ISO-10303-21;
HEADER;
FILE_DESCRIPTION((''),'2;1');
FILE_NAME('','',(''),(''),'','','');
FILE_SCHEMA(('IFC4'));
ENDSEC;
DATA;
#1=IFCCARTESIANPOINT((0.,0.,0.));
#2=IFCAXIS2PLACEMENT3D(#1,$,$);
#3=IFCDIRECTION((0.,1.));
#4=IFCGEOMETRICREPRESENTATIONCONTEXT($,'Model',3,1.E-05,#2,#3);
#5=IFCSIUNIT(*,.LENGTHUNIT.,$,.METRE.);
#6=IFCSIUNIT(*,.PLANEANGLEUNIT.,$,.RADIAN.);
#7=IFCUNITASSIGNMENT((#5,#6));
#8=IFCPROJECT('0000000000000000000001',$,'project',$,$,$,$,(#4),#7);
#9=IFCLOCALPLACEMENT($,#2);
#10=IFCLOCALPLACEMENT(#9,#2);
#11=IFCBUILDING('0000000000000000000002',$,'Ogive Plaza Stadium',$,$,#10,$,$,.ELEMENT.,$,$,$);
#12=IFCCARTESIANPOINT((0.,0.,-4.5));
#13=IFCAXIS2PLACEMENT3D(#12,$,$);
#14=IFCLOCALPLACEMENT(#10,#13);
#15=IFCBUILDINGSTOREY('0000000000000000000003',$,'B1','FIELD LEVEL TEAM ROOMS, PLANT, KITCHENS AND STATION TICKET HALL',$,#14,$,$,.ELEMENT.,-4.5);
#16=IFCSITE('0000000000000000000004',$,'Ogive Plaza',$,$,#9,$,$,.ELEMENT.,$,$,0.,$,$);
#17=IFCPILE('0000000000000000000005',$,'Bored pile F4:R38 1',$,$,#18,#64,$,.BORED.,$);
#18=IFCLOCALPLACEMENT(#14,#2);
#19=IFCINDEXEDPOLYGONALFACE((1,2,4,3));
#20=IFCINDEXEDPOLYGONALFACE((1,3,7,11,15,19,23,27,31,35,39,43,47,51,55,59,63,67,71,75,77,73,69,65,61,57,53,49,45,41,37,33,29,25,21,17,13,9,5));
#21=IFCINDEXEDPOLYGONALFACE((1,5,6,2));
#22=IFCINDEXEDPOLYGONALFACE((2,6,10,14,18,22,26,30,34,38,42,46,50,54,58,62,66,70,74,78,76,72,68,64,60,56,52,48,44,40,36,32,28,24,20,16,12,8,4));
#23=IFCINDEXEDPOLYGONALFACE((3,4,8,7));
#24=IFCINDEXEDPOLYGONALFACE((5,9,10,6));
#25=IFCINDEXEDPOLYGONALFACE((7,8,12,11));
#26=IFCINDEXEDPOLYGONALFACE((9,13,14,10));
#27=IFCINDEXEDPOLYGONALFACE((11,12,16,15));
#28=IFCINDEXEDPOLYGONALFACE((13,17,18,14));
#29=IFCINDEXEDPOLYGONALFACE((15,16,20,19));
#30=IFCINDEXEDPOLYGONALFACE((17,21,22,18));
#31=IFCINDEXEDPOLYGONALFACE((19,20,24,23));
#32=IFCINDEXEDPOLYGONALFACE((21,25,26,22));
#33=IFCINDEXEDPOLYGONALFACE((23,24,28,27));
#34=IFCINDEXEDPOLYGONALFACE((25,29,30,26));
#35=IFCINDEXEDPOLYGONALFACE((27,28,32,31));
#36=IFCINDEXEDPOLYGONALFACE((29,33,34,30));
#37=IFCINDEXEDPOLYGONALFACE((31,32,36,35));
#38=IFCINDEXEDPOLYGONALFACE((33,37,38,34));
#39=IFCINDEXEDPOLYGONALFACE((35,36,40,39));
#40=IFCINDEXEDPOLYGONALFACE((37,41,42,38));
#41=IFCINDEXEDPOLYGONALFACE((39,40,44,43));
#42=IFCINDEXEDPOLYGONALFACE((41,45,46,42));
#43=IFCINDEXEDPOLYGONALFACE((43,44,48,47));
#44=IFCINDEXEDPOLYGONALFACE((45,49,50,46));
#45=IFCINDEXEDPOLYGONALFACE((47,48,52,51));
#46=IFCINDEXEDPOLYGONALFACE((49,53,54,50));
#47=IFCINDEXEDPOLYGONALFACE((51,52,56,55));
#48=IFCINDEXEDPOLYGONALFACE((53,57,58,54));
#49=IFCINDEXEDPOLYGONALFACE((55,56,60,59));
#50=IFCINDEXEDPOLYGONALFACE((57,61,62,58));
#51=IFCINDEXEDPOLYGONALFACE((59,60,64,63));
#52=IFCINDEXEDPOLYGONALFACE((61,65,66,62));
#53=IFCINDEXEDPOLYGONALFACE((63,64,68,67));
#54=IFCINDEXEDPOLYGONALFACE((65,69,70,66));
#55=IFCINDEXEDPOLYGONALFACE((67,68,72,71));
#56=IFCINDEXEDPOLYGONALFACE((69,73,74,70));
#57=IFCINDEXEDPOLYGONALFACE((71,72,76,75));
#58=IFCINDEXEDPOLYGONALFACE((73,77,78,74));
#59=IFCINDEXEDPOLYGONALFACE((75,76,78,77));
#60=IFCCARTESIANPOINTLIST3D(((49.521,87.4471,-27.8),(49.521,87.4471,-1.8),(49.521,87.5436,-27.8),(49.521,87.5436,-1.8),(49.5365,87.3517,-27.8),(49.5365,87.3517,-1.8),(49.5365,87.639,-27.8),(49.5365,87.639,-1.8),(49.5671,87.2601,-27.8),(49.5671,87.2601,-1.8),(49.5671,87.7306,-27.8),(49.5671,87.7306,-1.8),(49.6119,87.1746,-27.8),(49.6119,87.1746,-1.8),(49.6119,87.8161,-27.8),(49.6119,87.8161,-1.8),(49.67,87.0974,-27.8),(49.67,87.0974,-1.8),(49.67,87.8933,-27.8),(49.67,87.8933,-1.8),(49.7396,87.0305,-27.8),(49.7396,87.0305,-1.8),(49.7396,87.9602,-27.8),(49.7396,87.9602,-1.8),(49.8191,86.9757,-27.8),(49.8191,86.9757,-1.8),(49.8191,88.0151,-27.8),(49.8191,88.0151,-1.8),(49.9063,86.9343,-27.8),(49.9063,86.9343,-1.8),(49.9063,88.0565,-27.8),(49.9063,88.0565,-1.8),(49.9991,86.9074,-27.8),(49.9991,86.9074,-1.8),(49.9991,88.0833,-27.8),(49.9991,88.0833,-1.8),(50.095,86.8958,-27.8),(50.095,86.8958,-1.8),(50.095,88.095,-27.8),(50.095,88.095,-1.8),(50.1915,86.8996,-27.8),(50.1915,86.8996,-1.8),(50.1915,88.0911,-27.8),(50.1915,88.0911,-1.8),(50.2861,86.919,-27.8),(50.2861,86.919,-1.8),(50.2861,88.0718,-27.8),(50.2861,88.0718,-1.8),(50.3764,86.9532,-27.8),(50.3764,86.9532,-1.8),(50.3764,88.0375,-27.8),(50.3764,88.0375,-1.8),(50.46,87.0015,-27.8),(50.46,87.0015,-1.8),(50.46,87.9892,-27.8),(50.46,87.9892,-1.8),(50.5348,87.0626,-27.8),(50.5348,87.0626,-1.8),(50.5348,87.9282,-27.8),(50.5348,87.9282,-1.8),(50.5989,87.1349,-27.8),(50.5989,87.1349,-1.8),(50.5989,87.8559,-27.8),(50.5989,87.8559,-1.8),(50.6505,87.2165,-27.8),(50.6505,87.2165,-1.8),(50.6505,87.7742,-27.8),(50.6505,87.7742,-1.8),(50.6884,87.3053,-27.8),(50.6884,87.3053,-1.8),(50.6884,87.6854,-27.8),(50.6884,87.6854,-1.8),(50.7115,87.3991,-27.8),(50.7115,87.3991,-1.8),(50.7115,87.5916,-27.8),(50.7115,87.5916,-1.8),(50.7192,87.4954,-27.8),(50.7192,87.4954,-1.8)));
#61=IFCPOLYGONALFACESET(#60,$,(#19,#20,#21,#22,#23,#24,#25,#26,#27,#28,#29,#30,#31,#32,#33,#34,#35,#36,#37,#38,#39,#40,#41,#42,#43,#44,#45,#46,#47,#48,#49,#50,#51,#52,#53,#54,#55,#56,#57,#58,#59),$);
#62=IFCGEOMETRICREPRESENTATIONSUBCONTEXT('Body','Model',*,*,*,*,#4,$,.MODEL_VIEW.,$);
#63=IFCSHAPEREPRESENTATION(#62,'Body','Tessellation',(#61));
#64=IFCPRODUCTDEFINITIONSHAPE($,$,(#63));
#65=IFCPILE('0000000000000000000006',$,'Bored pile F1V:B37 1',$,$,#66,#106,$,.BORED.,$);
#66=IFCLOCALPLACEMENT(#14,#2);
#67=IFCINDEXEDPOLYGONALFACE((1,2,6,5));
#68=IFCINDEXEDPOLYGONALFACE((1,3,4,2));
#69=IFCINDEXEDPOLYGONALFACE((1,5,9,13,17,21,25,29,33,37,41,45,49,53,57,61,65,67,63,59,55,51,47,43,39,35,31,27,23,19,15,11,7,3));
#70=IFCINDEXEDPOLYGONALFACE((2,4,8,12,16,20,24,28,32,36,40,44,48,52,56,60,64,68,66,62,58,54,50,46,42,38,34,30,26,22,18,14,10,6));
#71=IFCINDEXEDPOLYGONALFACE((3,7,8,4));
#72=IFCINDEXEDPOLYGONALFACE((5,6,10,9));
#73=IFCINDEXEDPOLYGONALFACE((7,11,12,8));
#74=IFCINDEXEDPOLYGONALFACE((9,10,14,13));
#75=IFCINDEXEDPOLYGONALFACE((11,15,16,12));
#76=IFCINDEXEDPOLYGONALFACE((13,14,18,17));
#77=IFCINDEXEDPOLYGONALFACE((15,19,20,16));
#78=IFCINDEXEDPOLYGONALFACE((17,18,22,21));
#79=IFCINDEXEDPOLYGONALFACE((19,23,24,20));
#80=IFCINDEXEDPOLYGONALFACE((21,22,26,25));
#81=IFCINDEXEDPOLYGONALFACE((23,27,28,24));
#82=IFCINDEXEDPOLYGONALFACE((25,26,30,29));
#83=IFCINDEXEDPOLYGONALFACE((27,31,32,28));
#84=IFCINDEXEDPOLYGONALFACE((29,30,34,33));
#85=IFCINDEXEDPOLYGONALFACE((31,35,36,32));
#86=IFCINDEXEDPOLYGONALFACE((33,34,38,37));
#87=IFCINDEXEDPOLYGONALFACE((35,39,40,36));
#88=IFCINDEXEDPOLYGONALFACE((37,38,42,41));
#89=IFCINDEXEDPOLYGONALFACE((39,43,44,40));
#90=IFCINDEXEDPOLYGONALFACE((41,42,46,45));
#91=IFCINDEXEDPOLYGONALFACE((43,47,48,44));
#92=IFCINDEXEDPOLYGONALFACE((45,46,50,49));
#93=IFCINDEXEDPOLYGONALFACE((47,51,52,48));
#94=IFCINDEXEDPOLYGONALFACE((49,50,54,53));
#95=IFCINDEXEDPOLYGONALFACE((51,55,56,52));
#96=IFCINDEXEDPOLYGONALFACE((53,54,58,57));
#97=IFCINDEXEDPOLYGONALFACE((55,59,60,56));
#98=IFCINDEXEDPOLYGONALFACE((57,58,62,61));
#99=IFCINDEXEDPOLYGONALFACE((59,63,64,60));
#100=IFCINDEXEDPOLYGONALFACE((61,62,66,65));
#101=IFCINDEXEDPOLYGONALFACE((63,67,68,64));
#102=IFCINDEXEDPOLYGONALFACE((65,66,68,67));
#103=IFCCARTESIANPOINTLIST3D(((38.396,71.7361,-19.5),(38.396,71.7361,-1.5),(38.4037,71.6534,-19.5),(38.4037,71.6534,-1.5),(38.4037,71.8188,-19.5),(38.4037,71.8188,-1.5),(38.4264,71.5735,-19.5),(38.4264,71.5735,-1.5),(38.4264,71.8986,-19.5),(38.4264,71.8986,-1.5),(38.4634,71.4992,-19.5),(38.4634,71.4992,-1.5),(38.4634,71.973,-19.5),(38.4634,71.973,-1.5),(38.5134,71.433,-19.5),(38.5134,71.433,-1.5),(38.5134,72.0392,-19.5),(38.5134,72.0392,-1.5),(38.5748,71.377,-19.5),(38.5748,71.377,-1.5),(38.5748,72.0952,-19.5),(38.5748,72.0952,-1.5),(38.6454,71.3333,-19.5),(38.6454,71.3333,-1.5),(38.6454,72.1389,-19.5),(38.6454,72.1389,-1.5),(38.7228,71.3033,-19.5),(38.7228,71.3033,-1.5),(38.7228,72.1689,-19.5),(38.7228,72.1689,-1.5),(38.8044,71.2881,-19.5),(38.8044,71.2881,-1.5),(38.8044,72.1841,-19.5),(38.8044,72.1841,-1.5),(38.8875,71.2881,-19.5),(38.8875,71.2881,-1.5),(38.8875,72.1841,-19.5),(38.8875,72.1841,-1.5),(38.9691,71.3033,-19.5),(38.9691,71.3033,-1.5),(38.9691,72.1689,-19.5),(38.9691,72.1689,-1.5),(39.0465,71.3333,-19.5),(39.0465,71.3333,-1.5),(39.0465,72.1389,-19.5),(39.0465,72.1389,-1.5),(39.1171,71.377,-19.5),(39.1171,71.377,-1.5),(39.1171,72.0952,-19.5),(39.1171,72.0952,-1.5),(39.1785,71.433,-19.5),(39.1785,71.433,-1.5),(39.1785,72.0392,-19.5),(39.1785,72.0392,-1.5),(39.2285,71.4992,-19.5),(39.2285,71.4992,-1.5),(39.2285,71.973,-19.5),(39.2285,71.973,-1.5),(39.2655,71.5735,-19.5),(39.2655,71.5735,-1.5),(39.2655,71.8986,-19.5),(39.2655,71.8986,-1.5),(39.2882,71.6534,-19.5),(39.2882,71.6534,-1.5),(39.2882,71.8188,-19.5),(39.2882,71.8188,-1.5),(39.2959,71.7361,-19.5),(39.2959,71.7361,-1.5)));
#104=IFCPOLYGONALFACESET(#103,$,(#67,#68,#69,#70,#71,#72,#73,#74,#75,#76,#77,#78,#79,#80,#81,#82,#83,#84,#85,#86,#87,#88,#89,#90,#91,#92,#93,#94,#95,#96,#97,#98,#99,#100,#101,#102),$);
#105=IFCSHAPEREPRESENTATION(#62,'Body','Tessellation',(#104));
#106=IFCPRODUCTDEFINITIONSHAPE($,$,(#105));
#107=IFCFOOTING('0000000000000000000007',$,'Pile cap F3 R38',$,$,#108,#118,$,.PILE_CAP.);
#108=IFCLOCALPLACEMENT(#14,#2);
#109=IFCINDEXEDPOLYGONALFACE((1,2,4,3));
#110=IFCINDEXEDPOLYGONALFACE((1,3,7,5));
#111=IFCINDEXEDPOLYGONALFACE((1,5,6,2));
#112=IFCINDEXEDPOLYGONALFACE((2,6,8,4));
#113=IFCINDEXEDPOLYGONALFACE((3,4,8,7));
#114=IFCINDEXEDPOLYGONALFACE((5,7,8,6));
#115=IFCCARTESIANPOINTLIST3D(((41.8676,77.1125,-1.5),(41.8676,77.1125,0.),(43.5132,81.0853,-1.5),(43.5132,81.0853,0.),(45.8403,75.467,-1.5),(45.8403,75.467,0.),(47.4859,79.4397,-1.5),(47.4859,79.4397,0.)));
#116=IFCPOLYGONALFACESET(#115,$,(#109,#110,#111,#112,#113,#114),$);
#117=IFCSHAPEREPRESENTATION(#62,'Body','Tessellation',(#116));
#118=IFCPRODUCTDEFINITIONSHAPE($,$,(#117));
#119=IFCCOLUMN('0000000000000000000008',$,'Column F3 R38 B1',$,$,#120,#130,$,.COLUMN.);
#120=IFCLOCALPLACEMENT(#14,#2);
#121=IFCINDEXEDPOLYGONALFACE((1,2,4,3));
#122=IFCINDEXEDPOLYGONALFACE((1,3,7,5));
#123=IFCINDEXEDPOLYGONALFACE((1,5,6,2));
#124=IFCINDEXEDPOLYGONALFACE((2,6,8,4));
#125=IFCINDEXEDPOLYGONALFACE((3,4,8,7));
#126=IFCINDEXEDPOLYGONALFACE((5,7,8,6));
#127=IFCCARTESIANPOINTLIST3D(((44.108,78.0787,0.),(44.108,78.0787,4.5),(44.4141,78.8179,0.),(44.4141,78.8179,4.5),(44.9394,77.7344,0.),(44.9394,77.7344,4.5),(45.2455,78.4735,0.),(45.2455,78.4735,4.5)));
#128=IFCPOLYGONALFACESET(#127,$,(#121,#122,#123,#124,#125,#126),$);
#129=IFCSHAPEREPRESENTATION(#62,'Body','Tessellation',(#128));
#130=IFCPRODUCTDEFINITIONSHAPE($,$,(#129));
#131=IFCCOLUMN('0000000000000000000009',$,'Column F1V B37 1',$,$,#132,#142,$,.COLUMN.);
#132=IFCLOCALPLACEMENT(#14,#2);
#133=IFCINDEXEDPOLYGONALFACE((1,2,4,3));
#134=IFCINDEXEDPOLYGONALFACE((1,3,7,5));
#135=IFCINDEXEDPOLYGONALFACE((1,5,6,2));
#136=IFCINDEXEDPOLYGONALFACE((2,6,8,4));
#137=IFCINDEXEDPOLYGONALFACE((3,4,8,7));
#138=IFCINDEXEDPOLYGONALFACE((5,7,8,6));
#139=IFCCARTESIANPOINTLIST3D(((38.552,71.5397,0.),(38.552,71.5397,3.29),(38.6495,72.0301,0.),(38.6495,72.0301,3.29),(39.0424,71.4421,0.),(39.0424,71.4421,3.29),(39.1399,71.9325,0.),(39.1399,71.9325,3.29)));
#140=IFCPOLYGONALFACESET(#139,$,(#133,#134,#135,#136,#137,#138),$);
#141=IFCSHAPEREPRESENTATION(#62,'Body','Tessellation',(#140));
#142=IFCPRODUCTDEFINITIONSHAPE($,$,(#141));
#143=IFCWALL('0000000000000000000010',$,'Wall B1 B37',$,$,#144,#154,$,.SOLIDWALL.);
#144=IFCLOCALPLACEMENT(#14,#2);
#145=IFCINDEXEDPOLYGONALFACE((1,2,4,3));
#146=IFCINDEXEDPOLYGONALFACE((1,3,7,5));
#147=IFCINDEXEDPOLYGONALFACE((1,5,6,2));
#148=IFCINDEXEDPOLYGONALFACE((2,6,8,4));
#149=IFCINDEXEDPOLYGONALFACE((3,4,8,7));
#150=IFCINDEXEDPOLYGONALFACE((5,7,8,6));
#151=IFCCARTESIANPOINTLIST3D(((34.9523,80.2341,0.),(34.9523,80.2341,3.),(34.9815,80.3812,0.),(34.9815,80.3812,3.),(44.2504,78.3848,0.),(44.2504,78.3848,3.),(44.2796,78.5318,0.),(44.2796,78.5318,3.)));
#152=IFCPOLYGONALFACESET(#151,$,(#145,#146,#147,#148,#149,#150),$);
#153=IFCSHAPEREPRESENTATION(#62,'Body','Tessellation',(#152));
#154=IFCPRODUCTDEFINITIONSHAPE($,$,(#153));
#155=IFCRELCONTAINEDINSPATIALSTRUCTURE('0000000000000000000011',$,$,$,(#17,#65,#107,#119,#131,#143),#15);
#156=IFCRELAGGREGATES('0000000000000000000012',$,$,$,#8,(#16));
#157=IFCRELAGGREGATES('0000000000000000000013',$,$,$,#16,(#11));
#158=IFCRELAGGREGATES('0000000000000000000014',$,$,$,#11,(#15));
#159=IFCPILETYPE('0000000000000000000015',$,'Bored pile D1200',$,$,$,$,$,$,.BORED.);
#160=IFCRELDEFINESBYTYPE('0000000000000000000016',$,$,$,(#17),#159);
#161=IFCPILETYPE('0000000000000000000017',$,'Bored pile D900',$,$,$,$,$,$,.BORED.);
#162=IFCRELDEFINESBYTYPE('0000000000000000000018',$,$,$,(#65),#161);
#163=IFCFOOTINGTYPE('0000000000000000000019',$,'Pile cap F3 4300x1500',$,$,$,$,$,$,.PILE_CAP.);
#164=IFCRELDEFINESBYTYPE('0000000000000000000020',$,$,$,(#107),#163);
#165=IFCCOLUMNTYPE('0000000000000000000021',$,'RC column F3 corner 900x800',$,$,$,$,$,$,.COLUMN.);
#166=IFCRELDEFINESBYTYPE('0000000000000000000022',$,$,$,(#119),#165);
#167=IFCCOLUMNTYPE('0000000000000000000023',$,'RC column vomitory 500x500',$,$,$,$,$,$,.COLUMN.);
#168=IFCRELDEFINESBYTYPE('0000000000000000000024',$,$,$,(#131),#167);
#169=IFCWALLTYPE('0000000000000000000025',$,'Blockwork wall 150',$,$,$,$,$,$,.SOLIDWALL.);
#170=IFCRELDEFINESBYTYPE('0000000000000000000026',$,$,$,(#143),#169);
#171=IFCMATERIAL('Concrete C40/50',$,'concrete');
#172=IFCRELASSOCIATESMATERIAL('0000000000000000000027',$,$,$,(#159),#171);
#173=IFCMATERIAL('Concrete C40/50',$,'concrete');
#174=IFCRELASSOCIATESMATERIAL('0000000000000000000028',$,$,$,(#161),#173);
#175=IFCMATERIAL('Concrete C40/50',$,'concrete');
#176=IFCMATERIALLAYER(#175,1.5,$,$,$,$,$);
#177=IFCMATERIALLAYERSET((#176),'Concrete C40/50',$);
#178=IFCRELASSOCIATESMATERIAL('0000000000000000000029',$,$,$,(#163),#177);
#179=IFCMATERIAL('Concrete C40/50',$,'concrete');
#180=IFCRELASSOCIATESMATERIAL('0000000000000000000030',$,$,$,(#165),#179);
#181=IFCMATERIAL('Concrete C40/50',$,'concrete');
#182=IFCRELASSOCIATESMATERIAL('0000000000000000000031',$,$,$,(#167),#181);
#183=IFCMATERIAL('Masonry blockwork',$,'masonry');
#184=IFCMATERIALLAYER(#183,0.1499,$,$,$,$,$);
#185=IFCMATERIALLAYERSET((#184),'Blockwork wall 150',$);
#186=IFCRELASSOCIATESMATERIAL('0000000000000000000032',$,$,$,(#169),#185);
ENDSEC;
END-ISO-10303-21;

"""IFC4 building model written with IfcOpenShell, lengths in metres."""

from ifc_helpers import new_model, si_unit, direction, frame, frame_2d, origin, origin_2d, place, context, subcontext, project, spatial, rectangle, circle, extrude, material, layer, layer_set, material_profile, profile_set, type_object, element, save


model = new_model("IFC4")

# Units and contexts
model_context = context("Model", 3, precision=1e-05, world=origin(), true_north=direction((0.0, 1.0)))
body_context = subcontext(model_context, "Body", "Model", "MODEL_VIEW")
ifc_project = project(units=[si_unit("LENGTHUNIT", "METRE"), si_unit("PLANEANGLEUNIT", "RADIAN")], contexts=[model_context])

# Site, building, storey
site_placement = place(None, origin())
site = spatial("IfcSite", under=ifc_project, at=site_placement, Name="Ogive Plaza", CompositionType="ELEMENT", RefElevation=0.0)
building_placement = place(site_placement, origin())
building = spatial("IfcBuilding", under=site, at=building_placement, Name="Ogive Plaza Stadium", CompositionType="ELEMENT")
storey_placement = place(building_placement, frame((0.0, 0.0, -4.5)))
storey = spatial("IfcBuildingStorey", under=building, at=storey_placement, Name="B1", Description="FIELD LEVEL TEAM ROOMS, PLANT, KITCHENS AND STATION TICKET HALL", CompositionType="ELEMENT", Elevation=-4.5)

# Piles
ifc_material_1 = material(Name="Concrete C40/50", Category="concrete")
ifc_material_profile_1 = material_profile(ifc_material_1, circle(Radius=0.6001, at=origin_2d()), Name="RC D1200")
ifc_profile_set_1 = profile_set([ifc_material_profile_1], Name="Concrete C40/50")
pile_type_1 = type_object("IfcPileType", Name="Bored pile D1200", PredefinedType="BORED", material=ifc_profile_set_1)
pile_1_placement = place(storey_placement, frame((50.1191, 87.4954, -1.8), z_axis=(0.0, 0.0, -1.0), x_axis=(1.0, 0.0, 0.0)))
element("IfcPile", 1, at=pile_1_placement, inside=storey, type_object=pile_type_1, Name="Bored pile F4:R38 1", PredefinedType="BORED", context=body_context, shape_type="SweptSolid", body=[
    extrude(circle(Radius=0.6001, at=origin_2d()), origin(), (0.0, 0.0, 1.0), 26.0),
])
ifc_material_2 = material(Name="Concrete C40/50", Category="concrete")
ifc_material_profile_2 = material_profile(ifc_material_2, circle(Radius=0.45, at=origin_2d()), Name="RC D900")
ifc_profile_set_2 = profile_set([ifc_material_profile_2], Name="Concrete C40/50")
pile_type_2 = type_object("IfcPileType", Name="Bored pile D900", PredefinedType="BORED", material=ifc_profile_set_2)
pile_2_placement = place(storey_placement, frame((38.8459, 71.7361, -1.5), z_axis=(0.0, 0.0, -1.0), x_axis=(1.0, 0.0, 0.0)))
element("IfcPile", 2, at=pile_2_placement, inside=storey, type_object=pile_type_2, Name="Bored pile F1V:B37 1", PredefinedType="BORED", context=body_context, shape_type="SweptSolid", body=[
    extrude(circle(Radius=0.45, at=origin_2d()), origin(), (0.0, 0.0, 1.0), 18.0),
])

# Footing
ifc_material_3 = material(Name="Concrete C40/50", Category="concrete")
ifc_layer_1 = layer(ifc_material_3, 1.5)
ifc_layer_set_1 = layer_set([ifc_layer_1], Name="Concrete C40/50")
footing_type = type_object("IfcFootingType", Name="Pile cap F3 4300x1500", PredefinedType="PILE_CAP", material=ifc_layer_set_1)
footing_placement = place(storey_placement, frame((44.6768, 78.2761, -1.5), z_axis=(0.0, 0.0, 1.0), x_axis=(0.382683, 0.92388, 0.0)))
element("IfcFooting", 3, at=footing_placement, inside=storey, type_object=footing_type, Name="Pile cap F3 R38", PredefinedType="PILE_CAP", context=body_context, shape_type="SweptSolid", body=[
    extrude(rectangle(XDim=4.3, YDim=4.3, at=origin_2d()), origin(), (0.0, 0.0, 1.0), 1.5),
])

# Columns
ifc_material_4 = material(Name="Concrete C40/50", Category="concrete")
ifc_material_profile_3 = material_profile(ifc_material_4, rectangle(XDim=0.8999, YDim=0.8, at=origin_2d()), Name="RC 900x800")
ifc_profile_set_3 = profile_set([ifc_material_profile_3], Name="Concrete C40/50")
column_type_1 = type_object("IfcColumnType", Name="RC column F3 corner 900x800", PredefinedType="COLUMN", material=ifc_profile_set_3)
column_1_placement = place(storey_placement, frame((44.6768, 78.2761, 0.0), z_axis=(0.0, 0.0, 1.0), x_axis=(-0.92388, 0.382683, 0.0)))
element("IfcColumn", 4, at=column_1_placement, inside=storey, type_object=column_type_1, Name="Column F3 R38 B1", PredefinedType="COLUMN", context=body_context, shape_type="SweptSolid", body=[
    extrude(rectangle(XDim=0.8999, YDim=0.8, at=origin_2d()), origin(), (0.0, 0.0, 1.0), 4.5),
])
ifc_material_5 = material(Name="Concrete C40/50", Category="concrete")
ifc_material_profile_4 = material_profile(ifc_material_5, rectangle(XDim=0.5, YDim=0.5, at=origin_2d()), Name="RC 500x500")
ifc_profile_set_4 = profile_set([ifc_material_profile_4], Name="Concrete C40/50")
column_type_2 = type_object("IfcColumnType", Name="RC column vomitory 500x500", PredefinedType="COLUMN", material=ifc_profile_set_4)
column_2_placement = place(storey_placement, frame((38.8459, 71.7361, 0.0), z_axis=(0.0, 0.0, 1.0), x_axis=(-0.980785, 0.19509, 0.0)))
element("IfcColumn", 5, at=column_2_placement, inside=storey, type_object=column_type_2, Name="Column F1V B37 1", PredefinedType="COLUMN", context=body_context, shape_type="SweptSolid", body=[
    extrude(rectangle(XDim=0.5, YDim=0.5, at=origin_2d()), origin(), (0.0, 0.0, 1.0), 3.29),
])

# Wall
ifc_material_6 = material(Name="Masonry blockwork", Category="masonry")
ifc_layer_2 = layer(ifc_material_6, 0.1499)
ifc_layer_set_2 = layer_set([ifc_layer_2], Name="Blockwork wall 150")
wall_type = type_object("IfcWallType", Name="Blockwork wall 150", PredefinedType="SOLIDWALL", material=ifc_layer_set_2)
wall_1_placement = place(storey_placement, frame((44.2651, 78.4583, 0.0), z_axis=(0.0, 0.0, 1.0), x_axis=(-0.980788, 0.195076, 0.0)))
element("IfcWall", 6, at=wall_1_placement, inside=storey, type_object=wall_type, Name="Wall B1 B37", PredefinedType="SOLIDWALL", context=body_context, shape_type="SweptSolid", body=[
    extrude(rectangle(XDim=9.4802, YDim=0.1499, at=frame_2d((4.7402, 0.0))), origin(), (0.0, 0.0, 1.0), 3.0),
])

save(model, "model.ifc")
